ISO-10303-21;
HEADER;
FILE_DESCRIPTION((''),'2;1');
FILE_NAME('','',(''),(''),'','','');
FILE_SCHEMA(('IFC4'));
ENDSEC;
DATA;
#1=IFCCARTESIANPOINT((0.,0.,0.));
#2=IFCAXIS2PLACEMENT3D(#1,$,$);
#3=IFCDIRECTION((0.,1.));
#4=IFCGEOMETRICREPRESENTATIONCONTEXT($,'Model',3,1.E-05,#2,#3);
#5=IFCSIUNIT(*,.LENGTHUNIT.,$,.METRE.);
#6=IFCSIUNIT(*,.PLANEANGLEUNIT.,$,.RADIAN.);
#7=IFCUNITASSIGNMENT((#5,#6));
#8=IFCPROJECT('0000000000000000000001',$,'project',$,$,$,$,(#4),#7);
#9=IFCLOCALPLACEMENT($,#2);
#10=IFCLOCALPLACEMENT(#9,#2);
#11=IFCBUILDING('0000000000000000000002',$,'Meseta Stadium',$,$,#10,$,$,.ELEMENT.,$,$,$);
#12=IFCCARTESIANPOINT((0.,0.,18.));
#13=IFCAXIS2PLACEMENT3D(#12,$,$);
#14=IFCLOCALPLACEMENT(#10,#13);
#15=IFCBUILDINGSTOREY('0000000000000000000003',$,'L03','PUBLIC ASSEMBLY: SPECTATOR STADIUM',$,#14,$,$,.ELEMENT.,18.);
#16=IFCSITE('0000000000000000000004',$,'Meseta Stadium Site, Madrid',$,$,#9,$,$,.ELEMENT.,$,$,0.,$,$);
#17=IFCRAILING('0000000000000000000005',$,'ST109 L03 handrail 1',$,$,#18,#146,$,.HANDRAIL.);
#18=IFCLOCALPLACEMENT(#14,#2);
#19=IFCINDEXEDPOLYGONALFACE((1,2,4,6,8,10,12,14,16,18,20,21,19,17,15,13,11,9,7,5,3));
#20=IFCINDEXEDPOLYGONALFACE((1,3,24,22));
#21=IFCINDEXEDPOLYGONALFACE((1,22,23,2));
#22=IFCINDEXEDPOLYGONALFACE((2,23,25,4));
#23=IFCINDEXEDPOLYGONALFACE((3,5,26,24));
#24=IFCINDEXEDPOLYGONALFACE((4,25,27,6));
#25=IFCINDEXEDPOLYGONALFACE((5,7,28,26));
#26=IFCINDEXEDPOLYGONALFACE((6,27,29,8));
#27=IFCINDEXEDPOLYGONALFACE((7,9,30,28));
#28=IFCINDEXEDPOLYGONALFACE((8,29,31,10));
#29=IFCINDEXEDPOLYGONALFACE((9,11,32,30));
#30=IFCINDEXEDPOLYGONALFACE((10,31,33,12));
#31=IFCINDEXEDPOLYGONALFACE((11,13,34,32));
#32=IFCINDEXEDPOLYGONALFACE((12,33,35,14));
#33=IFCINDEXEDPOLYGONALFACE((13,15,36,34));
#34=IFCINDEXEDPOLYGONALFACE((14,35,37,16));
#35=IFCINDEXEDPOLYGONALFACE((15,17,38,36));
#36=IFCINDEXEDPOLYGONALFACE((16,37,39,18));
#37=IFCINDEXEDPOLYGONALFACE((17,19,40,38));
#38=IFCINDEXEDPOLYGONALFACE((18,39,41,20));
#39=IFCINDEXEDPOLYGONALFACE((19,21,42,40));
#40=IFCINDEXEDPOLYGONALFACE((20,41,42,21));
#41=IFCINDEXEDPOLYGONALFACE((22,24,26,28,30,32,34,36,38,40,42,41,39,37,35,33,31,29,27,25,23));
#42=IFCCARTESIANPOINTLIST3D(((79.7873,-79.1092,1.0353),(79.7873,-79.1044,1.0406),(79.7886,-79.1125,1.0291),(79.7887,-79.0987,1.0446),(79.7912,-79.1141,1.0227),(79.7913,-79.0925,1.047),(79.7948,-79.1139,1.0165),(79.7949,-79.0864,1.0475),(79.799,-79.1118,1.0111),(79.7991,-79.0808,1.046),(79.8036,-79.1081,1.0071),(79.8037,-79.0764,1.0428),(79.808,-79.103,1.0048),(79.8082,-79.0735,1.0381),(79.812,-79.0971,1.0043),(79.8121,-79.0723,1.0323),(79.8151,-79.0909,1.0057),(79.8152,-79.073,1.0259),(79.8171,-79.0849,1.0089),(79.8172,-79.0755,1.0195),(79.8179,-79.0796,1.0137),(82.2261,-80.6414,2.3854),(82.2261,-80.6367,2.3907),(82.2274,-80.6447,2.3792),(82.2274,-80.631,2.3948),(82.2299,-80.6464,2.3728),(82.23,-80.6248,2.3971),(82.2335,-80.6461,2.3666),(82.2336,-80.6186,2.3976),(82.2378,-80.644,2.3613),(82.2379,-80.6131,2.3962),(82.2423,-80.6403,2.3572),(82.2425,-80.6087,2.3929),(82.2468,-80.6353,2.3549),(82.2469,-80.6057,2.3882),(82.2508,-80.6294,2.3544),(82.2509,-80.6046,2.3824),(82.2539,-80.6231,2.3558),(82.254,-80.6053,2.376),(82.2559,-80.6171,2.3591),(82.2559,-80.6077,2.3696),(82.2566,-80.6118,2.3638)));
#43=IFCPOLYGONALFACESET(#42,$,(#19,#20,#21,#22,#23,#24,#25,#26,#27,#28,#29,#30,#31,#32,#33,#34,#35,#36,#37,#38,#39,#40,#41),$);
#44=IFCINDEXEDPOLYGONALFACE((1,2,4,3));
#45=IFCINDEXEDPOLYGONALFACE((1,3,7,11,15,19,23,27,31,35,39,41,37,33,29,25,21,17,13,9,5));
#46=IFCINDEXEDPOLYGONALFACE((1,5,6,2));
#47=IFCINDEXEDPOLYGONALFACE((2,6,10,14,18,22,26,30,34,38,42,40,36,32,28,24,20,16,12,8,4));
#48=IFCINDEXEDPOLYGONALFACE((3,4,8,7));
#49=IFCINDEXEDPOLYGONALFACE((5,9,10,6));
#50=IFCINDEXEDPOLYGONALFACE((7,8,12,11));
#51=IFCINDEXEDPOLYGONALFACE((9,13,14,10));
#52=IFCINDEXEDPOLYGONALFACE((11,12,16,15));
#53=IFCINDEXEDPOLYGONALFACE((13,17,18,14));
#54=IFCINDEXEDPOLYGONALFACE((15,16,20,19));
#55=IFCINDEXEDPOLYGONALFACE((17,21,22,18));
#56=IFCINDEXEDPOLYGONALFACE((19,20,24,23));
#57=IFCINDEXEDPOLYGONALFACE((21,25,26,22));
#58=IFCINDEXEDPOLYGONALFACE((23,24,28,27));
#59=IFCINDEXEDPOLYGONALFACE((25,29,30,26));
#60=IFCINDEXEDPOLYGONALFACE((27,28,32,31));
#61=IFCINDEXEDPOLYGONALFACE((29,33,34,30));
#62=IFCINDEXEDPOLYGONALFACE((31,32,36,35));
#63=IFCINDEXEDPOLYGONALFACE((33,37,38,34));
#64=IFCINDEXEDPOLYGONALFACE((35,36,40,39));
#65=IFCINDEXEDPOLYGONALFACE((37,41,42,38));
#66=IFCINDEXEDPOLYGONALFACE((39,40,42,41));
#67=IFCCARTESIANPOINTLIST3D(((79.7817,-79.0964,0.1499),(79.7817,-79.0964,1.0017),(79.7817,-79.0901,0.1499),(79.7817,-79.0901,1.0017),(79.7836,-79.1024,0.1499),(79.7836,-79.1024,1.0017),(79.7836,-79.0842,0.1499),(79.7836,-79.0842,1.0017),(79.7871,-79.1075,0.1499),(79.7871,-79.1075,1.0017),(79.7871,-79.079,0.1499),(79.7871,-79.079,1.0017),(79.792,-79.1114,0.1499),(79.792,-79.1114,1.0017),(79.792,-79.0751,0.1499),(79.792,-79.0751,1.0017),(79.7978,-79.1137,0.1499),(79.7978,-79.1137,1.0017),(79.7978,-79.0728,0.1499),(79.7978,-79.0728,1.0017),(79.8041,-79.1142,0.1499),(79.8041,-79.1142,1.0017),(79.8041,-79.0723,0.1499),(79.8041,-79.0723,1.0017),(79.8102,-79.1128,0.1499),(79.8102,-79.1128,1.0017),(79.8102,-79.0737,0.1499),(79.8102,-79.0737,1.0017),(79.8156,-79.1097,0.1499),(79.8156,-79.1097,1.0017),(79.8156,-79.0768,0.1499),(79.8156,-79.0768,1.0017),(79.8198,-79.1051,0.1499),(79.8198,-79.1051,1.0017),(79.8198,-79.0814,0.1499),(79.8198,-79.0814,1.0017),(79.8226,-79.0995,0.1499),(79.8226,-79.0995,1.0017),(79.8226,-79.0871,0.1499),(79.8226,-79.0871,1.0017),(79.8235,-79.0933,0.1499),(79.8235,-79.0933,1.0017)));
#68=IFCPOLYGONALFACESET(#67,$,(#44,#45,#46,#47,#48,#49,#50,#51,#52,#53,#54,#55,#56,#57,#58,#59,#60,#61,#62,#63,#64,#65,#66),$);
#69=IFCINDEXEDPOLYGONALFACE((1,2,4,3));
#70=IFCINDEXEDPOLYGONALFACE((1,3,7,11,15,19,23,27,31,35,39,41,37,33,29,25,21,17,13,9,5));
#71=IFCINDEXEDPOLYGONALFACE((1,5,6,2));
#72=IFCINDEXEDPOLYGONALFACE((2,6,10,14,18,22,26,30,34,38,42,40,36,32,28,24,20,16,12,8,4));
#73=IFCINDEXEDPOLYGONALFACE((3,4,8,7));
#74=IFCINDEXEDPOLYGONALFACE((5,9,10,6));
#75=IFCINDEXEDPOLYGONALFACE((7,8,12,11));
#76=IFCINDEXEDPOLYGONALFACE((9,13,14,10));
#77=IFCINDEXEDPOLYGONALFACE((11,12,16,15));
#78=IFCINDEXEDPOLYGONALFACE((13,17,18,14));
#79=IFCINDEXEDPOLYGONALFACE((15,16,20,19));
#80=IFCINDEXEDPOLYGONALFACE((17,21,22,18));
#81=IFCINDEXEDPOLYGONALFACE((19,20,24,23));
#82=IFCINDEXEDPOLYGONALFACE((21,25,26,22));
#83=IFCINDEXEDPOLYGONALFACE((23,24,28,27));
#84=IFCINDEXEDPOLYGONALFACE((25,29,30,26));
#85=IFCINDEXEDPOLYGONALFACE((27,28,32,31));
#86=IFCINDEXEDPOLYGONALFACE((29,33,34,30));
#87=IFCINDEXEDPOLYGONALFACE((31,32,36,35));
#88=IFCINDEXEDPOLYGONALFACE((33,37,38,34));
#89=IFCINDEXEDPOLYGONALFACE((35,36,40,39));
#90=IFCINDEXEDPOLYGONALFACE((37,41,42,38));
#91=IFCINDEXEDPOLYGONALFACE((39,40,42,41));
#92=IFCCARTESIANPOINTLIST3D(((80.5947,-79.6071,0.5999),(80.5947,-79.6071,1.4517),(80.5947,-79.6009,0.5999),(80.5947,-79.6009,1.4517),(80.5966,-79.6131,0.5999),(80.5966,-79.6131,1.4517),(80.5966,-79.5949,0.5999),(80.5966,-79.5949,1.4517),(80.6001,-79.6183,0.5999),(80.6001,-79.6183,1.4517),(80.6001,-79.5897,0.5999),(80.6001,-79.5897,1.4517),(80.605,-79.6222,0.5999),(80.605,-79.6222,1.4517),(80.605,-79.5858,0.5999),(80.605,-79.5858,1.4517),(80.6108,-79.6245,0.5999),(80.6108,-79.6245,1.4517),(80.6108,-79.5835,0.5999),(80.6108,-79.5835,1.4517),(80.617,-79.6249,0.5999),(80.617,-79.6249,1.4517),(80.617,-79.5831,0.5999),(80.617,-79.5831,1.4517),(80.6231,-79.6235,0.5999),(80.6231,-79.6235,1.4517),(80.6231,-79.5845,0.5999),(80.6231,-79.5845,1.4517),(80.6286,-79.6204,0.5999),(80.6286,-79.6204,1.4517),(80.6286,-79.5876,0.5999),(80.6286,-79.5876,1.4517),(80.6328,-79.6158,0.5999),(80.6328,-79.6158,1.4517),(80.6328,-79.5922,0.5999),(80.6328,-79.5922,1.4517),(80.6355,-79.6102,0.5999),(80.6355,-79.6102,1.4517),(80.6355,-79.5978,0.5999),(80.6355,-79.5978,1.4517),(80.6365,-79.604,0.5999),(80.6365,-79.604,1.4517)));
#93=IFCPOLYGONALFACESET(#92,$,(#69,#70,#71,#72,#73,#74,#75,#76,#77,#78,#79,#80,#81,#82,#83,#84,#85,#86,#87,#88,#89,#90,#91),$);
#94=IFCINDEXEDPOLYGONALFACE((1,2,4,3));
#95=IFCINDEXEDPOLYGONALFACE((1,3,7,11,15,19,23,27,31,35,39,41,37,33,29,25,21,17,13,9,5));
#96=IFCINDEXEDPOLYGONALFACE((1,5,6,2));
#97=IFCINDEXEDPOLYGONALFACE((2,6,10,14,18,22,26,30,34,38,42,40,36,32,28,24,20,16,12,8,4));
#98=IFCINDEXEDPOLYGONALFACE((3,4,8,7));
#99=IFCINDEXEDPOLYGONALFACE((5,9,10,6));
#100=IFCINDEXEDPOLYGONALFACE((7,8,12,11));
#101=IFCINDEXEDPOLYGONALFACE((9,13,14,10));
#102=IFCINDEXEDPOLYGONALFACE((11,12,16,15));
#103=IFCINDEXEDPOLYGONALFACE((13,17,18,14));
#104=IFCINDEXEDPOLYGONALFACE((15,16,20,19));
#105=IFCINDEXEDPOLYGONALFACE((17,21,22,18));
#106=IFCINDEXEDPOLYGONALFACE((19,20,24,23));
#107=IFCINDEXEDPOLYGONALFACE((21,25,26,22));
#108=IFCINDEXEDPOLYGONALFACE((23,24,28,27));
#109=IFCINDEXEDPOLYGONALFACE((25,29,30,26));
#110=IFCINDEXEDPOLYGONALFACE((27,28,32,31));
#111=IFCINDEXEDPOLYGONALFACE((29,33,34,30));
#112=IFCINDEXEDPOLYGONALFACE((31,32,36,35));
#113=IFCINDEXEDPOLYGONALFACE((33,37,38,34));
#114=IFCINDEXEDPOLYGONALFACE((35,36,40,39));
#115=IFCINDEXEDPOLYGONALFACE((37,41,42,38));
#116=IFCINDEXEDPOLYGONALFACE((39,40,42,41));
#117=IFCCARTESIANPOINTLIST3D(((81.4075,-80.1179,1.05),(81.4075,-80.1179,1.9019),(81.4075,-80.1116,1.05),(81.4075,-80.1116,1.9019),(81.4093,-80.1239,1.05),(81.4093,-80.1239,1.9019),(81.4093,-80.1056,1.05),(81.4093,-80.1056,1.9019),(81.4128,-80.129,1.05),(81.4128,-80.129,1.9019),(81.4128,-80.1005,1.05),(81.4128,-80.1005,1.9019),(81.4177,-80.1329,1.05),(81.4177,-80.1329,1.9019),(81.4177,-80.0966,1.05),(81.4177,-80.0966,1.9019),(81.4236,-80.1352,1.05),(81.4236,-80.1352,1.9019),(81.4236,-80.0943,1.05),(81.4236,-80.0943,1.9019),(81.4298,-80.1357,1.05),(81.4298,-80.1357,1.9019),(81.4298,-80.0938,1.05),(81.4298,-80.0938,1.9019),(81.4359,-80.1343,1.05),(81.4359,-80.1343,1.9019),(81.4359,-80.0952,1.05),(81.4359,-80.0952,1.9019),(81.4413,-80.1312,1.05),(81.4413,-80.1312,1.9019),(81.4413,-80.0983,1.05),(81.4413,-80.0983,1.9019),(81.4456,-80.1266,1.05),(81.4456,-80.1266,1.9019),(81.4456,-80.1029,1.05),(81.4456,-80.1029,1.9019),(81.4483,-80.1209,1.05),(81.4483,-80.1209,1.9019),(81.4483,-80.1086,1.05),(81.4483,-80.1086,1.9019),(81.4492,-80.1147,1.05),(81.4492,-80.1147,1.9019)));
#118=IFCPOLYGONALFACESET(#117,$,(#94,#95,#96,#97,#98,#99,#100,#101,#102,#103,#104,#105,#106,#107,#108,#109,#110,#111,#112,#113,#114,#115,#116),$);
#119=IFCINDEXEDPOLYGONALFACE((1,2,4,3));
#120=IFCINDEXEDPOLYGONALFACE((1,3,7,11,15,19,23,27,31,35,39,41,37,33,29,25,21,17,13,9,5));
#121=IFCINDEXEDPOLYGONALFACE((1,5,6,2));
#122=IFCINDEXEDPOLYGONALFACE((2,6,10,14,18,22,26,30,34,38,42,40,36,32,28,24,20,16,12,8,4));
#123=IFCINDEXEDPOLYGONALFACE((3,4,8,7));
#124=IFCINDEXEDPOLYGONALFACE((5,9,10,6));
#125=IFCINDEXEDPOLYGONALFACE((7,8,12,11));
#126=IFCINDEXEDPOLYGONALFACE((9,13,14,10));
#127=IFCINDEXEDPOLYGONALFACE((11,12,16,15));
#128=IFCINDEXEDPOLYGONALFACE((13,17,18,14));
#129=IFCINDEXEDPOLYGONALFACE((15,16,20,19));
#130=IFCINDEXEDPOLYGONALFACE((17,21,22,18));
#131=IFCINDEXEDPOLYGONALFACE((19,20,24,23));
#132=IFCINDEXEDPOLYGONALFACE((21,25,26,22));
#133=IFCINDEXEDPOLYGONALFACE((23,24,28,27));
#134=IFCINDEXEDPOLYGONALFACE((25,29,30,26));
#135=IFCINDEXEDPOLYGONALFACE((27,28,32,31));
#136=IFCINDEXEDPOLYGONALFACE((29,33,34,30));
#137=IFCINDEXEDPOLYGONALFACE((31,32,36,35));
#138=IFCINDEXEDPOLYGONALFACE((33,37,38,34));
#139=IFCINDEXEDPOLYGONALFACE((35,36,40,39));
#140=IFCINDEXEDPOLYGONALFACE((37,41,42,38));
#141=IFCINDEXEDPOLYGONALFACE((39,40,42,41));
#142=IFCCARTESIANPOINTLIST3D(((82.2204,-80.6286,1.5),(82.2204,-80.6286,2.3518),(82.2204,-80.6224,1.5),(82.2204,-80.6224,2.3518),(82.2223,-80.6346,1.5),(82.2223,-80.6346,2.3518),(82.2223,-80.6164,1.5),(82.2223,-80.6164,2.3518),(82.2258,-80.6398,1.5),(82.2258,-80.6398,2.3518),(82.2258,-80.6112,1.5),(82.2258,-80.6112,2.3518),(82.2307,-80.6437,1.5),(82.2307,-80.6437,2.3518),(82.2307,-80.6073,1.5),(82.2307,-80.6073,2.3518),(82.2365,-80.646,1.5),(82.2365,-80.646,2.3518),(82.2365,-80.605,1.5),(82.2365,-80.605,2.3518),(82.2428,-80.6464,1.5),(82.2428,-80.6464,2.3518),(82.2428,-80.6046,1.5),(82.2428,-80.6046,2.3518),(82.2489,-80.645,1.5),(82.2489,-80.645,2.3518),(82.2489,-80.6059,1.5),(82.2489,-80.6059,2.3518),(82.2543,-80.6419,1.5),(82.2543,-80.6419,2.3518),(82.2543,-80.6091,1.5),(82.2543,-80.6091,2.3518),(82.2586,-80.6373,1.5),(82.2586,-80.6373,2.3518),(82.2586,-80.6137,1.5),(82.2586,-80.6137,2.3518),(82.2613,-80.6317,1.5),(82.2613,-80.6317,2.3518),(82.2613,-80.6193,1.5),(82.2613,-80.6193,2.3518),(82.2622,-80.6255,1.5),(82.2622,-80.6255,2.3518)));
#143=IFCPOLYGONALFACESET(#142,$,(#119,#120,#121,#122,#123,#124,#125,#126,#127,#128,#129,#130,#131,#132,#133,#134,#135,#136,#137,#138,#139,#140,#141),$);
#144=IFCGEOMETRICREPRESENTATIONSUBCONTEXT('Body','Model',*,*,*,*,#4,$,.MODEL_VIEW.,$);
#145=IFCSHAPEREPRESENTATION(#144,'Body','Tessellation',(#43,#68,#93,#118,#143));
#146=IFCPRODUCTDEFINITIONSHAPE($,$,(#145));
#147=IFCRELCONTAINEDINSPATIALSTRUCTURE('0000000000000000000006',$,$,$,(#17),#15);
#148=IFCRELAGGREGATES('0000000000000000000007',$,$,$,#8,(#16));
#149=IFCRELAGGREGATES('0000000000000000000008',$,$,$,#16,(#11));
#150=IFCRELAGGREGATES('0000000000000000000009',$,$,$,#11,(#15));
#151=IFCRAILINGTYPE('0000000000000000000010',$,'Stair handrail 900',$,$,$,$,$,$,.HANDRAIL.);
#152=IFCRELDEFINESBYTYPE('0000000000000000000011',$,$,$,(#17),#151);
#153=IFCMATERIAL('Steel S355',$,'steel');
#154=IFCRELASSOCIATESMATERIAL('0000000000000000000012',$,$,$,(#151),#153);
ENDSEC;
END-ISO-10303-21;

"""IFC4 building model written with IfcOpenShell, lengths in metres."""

from ifc_helpers import new_model, si_unit, direction, frame, origin, origin_2d, place, context, subcontext, project, spatial, circle, extrude, material, type_object, element, save


model = new_model("IFC4")

# Units and contexts
model_context = context("Model", 3, precision=1e-05, world=origin(), true_north=direction((0.0, 1.0)))
body_context = subcontext(model_context, "Body", "Model", "MODEL_VIEW")
ifc_project = project(units=[si_unit("LENGTHUNIT", "METRE"), si_unit("PLANEANGLEUNIT", "RADIAN")], contexts=[model_context])

# Site, building, storey
site_placement = place(None, origin())
site = spatial("IfcSite", under=ifc_project, at=site_placement, Name="Meseta Stadium Site, Madrid", CompositionType="ELEMENT", RefElevation=0.0)
building_placement = place(site_placement, origin())
building = spatial("IfcBuilding", under=site, at=building_placement, Name="Meseta Stadium", CompositionType="ELEMENT")
storey_placement = place(building_placement, frame((0.0, 0.0, 18.0)))
storey = spatial("IfcBuildingStorey", under=building, at=storey_placement, Name="L03", Description="PUBLIC ASSEMBLY: SPECTATOR STADIUM", CompositionType="ELEMENT", Elevation=18.0)

# Railing
ifc_material_1 = material(Name="Steel S355", Category="steel")
railing_type_1 = type_object("IfcRailingType", Name="Stair handrail 900", PredefinedType="HANDRAIL", material=ifc_material_1)
railing_1_placement = place(storey_placement, frame((79.8025, -79.0933, 0.1499)))
element("IfcRailing", 1, at=railing_1_placement, inside=storey, type_object=railing_type_1, Name="ST109 L03 handrail 1", PredefinedType="HANDRAIL", context=body_context, shape_type="SweptSolid", body=[
    extrude(circle(Radius=0.0239, at=origin_2d()), frame((0.0, 0.0, 0.876), z_axis=(0.766687, -0.481703, 0.424445), x_axis=(0.532001, 0.846743, 0.0)), (0.0, 0.0, 1.0), 3.1809),
    extrude(circle(Radius=0.021, at=origin_2d()), origin(), (0.0, 0.0, 1.0), 0.8518),
    extrude(circle(Radius=0.021, at=origin_2d()), frame((0.813, -0.5107, 0.45)), (0.0, 0.0, 1.0), 0.8518),
    extrude(circle(Radius=0.021, at=origin_2d()), frame((1.6257, -1.0215, 0.9001)), (0.0, 0.0, 1.0), 0.8518),
    extrude(circle(Radius=0.021, at=origin_2d()), frame((2.4387, -1.5322, 1.3501)), (0.0, 0.0, 1.0), 0.8518),
])

save(model, "model.ifc")
